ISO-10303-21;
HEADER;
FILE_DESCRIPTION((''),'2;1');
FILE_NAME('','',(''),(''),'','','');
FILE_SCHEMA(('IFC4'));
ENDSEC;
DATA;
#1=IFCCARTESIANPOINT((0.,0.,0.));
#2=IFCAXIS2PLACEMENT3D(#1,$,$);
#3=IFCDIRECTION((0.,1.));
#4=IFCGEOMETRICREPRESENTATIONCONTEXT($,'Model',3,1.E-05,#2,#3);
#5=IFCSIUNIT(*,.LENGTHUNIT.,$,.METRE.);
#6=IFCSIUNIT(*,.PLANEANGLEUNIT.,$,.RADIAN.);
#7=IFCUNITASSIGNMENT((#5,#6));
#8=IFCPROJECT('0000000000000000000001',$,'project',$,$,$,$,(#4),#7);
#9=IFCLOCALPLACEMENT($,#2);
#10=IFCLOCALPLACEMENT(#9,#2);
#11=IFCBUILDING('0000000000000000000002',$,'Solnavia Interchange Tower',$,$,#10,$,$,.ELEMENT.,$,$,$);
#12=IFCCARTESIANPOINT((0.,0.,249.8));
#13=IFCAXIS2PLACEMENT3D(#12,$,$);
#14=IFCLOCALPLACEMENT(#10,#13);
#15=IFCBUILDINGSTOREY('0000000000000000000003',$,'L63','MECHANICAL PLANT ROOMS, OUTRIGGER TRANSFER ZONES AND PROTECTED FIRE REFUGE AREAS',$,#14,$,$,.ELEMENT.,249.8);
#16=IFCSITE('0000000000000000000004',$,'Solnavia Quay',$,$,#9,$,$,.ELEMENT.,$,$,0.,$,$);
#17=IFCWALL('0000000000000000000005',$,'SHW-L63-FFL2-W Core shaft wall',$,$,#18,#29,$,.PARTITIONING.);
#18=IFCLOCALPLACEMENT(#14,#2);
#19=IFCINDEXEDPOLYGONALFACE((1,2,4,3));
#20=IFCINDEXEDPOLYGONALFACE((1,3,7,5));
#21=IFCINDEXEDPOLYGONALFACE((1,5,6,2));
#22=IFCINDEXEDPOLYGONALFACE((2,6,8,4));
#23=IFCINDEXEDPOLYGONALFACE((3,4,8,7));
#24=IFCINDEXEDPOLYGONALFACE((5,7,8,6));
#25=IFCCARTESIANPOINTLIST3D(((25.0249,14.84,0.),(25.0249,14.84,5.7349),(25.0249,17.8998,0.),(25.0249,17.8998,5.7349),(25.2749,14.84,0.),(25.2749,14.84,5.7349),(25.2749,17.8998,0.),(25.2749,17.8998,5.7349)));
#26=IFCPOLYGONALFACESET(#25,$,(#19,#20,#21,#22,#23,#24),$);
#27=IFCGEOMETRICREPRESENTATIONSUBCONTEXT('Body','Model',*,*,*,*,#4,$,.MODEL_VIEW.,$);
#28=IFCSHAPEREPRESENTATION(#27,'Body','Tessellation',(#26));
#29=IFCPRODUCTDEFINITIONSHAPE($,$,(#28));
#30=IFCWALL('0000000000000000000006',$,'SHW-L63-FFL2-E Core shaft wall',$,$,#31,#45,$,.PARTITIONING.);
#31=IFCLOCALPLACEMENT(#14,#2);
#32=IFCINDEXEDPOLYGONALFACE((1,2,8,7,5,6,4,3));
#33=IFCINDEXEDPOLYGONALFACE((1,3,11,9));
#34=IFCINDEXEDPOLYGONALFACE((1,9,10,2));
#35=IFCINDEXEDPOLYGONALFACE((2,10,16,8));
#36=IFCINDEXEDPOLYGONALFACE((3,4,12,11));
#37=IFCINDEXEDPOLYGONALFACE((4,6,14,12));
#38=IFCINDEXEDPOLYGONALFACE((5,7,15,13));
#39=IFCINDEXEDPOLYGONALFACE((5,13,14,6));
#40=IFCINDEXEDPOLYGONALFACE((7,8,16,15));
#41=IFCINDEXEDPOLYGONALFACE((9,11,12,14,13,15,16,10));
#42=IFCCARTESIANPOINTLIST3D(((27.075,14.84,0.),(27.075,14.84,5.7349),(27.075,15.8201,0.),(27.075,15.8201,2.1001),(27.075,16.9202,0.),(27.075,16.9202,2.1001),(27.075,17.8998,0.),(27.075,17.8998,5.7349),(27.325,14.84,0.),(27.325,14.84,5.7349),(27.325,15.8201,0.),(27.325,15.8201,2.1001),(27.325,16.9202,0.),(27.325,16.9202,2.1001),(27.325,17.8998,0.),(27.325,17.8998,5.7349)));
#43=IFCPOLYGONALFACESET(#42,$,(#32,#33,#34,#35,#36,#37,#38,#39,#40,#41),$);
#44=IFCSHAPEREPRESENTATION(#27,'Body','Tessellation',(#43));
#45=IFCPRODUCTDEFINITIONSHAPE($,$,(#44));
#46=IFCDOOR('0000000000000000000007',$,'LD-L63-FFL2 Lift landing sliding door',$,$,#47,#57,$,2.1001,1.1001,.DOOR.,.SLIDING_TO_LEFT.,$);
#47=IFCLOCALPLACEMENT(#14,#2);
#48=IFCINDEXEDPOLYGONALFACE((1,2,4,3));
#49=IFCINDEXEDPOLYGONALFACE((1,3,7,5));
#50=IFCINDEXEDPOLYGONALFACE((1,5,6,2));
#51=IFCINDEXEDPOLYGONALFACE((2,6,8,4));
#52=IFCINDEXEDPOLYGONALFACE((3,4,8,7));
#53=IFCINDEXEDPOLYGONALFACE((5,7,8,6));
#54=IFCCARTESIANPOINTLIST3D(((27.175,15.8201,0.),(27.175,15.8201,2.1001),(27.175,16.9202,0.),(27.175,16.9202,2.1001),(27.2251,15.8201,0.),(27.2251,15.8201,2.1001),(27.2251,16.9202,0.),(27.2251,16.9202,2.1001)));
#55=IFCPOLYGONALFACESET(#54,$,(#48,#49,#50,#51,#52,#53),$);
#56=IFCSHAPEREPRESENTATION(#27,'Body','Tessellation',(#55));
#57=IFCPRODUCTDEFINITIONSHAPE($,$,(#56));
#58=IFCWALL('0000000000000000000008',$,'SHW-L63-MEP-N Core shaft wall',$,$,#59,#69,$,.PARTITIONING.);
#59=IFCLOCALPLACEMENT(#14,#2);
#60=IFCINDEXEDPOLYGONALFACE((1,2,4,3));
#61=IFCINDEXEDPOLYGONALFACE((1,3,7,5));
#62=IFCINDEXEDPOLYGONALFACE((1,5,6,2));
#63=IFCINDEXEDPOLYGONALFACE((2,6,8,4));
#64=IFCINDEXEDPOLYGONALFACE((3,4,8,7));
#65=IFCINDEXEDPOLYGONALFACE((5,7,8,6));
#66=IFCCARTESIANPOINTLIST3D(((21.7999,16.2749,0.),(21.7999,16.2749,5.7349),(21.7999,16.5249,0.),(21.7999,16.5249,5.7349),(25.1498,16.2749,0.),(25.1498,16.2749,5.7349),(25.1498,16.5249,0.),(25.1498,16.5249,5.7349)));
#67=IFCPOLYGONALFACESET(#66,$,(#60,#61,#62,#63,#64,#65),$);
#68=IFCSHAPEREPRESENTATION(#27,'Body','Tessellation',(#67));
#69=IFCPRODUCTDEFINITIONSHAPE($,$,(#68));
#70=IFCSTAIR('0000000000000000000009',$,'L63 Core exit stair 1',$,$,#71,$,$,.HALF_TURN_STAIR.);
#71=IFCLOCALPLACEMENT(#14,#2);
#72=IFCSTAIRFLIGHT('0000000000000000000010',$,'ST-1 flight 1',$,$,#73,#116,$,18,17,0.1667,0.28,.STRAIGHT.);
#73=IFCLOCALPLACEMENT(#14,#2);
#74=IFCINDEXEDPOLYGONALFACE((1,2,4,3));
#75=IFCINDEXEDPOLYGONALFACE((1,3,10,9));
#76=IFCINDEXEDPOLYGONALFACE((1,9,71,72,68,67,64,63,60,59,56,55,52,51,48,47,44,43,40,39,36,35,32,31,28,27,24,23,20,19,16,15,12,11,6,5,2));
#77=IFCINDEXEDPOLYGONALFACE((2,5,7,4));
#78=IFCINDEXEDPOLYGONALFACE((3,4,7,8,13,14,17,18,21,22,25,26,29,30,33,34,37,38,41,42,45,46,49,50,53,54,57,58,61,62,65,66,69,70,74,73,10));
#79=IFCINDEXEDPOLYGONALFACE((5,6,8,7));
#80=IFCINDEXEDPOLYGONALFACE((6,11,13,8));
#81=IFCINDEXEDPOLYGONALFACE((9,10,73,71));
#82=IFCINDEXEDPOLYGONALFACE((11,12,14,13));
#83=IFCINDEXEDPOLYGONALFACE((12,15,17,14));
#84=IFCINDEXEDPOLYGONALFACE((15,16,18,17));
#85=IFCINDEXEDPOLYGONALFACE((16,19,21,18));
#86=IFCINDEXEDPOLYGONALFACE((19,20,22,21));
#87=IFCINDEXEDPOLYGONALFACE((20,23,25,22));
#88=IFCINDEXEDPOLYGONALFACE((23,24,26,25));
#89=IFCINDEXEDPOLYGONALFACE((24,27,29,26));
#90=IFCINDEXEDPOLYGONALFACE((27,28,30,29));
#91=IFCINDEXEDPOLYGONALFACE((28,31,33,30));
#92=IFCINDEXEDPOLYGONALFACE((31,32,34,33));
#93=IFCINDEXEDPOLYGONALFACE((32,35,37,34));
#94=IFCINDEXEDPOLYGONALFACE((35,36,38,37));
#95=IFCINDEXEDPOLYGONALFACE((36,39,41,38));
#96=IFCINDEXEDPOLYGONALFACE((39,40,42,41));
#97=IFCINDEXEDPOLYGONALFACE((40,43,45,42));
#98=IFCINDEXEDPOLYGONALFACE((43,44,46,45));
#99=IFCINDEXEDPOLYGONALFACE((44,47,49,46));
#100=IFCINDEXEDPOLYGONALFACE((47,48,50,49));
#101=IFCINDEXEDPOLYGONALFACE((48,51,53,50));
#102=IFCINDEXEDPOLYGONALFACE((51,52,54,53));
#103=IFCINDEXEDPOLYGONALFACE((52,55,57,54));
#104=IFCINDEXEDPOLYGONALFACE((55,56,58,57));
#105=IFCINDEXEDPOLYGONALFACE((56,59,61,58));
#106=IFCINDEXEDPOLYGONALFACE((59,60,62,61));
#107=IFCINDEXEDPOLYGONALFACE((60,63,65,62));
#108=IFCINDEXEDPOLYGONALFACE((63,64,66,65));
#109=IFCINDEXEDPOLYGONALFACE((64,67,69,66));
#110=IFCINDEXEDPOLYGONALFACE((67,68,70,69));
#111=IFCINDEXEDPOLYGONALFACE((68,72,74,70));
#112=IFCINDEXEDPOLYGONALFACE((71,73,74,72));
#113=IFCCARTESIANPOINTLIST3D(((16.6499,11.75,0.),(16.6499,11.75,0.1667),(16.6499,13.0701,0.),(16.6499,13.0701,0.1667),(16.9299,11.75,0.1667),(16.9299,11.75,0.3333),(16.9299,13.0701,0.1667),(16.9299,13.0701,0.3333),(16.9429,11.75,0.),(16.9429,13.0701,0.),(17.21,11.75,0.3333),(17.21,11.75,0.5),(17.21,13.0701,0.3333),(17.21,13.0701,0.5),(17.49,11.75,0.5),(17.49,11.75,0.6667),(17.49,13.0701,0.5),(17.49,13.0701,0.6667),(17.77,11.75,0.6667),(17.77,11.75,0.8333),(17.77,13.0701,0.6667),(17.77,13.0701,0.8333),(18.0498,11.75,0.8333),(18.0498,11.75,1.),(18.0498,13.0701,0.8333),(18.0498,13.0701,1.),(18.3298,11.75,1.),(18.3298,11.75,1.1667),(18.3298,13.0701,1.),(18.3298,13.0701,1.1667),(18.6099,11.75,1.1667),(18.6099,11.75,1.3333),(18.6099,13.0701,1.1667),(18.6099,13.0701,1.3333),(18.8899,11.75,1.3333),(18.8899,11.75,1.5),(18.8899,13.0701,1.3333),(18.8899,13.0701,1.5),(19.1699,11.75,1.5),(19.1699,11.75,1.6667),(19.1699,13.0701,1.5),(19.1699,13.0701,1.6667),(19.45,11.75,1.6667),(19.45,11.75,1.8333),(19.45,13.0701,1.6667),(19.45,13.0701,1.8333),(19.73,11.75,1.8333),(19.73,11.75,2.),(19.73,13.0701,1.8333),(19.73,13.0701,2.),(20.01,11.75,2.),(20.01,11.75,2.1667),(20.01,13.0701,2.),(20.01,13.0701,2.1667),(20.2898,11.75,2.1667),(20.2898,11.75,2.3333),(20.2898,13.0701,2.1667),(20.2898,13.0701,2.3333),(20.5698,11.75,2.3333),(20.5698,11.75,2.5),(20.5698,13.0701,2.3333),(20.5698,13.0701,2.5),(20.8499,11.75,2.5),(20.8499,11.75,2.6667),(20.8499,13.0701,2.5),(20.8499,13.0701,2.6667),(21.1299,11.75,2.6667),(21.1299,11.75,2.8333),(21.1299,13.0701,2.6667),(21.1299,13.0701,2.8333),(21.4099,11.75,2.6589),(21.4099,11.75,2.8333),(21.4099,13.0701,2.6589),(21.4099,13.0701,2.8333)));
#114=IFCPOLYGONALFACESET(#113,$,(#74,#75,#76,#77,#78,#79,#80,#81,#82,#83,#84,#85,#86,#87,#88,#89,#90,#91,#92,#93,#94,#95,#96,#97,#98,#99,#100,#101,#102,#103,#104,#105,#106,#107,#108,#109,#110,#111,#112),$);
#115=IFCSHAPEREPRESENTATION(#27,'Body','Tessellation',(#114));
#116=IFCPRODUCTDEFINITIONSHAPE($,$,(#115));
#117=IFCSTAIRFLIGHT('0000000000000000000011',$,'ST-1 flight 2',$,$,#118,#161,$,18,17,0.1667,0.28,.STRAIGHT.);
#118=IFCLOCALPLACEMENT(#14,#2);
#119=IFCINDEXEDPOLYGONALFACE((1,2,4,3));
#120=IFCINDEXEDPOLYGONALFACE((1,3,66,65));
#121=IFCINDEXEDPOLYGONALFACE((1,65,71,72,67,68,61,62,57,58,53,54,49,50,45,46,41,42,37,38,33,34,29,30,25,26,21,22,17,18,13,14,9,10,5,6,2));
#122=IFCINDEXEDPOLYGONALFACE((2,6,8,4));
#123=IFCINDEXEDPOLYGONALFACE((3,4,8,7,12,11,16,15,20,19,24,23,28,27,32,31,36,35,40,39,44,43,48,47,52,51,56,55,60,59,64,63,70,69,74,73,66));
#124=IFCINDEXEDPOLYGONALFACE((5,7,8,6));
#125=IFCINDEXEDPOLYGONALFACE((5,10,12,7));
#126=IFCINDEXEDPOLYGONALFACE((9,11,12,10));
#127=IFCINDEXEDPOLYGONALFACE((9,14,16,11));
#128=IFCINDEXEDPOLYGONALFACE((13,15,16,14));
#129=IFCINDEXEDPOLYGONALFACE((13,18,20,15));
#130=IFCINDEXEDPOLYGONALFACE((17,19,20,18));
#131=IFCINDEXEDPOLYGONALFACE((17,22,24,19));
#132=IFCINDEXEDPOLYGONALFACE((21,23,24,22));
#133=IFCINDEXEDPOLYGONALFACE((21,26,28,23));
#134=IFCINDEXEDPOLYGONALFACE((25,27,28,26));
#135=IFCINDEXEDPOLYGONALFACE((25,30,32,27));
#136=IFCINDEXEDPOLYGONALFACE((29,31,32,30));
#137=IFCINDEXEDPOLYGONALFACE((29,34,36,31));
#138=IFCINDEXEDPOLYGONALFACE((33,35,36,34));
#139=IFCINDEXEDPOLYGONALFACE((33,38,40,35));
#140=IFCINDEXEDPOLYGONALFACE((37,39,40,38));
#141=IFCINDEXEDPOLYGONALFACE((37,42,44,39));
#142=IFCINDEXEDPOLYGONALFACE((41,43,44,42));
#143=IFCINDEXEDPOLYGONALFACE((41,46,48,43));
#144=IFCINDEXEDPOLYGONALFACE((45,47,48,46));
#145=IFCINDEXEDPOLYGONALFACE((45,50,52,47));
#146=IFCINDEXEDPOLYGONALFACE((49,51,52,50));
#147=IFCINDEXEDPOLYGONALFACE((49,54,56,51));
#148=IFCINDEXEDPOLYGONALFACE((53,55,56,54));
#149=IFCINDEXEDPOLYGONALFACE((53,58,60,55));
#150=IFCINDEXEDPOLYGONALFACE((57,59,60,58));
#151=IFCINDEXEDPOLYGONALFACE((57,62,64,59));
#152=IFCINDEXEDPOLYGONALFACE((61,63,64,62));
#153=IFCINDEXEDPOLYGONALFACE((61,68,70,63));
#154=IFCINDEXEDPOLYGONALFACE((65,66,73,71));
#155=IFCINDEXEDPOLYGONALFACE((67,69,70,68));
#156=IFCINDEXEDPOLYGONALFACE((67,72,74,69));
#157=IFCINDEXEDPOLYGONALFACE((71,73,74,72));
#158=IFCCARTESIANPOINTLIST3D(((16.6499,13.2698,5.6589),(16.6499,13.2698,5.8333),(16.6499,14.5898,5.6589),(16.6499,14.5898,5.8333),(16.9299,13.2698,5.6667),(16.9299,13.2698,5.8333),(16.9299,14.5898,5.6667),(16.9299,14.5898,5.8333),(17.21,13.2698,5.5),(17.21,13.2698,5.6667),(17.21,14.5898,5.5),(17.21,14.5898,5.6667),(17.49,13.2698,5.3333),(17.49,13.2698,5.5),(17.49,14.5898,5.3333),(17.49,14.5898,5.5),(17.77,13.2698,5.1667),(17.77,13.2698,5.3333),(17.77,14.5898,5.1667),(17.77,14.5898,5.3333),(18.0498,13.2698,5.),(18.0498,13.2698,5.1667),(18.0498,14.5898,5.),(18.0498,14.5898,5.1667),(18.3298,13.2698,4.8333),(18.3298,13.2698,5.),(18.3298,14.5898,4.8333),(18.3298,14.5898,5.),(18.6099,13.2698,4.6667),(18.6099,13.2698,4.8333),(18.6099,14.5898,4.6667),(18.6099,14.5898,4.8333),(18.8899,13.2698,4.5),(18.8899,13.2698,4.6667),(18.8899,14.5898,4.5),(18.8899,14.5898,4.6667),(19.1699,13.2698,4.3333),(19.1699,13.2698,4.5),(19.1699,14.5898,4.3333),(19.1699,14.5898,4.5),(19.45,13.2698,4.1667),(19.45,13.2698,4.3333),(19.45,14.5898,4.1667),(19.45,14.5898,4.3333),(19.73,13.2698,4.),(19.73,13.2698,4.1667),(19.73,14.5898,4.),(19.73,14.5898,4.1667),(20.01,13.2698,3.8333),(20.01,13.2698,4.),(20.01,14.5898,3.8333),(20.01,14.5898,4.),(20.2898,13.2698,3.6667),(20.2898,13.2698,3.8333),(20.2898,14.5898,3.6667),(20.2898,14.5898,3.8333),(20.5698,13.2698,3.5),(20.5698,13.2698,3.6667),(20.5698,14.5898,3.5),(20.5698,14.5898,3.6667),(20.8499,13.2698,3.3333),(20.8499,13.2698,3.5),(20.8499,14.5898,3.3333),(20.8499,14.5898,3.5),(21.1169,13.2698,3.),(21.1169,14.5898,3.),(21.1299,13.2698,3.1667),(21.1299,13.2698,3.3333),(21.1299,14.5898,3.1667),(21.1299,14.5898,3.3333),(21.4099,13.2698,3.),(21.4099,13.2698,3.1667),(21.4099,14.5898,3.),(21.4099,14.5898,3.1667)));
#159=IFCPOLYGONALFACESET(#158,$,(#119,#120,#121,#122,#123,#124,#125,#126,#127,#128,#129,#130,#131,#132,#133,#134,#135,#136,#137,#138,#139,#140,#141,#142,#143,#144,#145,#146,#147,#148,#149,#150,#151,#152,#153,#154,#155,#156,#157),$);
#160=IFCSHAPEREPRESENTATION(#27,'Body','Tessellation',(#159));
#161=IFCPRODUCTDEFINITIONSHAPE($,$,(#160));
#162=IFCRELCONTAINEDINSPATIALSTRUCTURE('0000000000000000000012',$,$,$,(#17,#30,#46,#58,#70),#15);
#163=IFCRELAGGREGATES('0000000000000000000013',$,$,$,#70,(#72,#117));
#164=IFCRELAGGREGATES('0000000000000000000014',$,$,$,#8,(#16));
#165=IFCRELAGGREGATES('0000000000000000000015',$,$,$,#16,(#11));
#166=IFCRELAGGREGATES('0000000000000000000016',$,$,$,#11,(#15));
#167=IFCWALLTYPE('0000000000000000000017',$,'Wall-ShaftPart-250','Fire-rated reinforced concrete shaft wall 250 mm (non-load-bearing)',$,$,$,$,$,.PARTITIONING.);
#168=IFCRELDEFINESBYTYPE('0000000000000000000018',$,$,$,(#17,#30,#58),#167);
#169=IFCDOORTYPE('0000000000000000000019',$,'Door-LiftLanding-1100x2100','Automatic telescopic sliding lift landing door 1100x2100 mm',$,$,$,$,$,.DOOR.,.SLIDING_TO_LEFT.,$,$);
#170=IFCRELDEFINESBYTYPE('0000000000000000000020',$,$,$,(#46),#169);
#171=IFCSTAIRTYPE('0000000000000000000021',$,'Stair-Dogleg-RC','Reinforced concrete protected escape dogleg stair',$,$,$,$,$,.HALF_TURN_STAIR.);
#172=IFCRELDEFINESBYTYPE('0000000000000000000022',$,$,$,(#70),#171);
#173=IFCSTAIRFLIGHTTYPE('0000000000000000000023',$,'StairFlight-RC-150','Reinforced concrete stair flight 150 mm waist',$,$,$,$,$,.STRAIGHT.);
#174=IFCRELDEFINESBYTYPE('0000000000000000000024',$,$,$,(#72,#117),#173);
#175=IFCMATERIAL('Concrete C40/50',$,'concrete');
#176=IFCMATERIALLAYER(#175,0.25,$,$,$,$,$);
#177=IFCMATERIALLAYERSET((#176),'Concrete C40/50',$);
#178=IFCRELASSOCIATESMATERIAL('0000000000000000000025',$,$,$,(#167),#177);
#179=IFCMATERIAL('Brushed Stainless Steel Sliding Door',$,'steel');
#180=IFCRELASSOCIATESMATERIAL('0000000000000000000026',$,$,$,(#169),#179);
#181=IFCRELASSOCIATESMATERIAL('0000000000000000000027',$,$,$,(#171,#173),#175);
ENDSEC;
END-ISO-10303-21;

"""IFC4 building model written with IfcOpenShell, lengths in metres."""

from ifc_helpers import new_model, si_unit, direction, frame, frame_2d, origin, place, context, subcontext, project, spatial, polyline, rectangle, outline, extrude, material, layer, layer_set, type_object, element, fill, aggregate, save


model = new_model("IFC4")

# Units and contexts
model_context = context("Model", 3, precision=1e-05, world=origin(), true_north=direction((0.0, 1.0)))
body_context = subcontext(model_context, "Body", "Model", "MODEL_VIEW")
ifc_project = project(units=[si_unit("LENGTHUNIT", "METRE"), si_unit("PLANEANGLEUNIT", "RADIAN")], contexts=[model_context])

# Site, building, storey
site_placement = place(None, origin())
site = spatial("IfcSite", under=ifc_project, at=site_placement, Name="Solnavia Quay", CompositionType="ELEMENT", RefElevation=0.0)
building_placement = place(site_placement, origin())
building = spatial("IfcBuilding", under=site, at=building_placement, Name="Solnavia Interchange Tower", CompositionType="ELEMENT")
storey_placement = place(building_placement, frame((0.0, 0.0, 249.8)))
storey = spatial("IfcBuildingStorey", under=building, at=storey_placement, Name="L63", Description="MECHANICAL PLANT ROOMS, OUTRIGGER TRANSFER ZONES AND PROTECTED FIRE REFUGE AREAS", CompositionType="ELEMENT", Elevation=249.8)

# Shared definitions
ifc_material_1 = material(Name="Concrete C40/50", Category="concrete")
ifc_layer_1 = layer(ifc_material_1, 0.25)
ifc_layer_set_1 = layer_set([ifc_layer_1], Name="Concrete C40/50")
wall_type_1 = type_object("IfcWallType", Name="Wall-ShaftPart-250", Description="Fire-rated reinforced concrete shaft wall 250 mm (non-load-bearing)", PredefinedType="PARTITIONING", material=ifc_layer_set_1)
ifc_material_2 = material(Name="Brushed Stainless Steel Sliding Door", Category="steel")
door_type_1 = type_object("IfcDoorType", Name="Door-LiftLanding-1100x2100", Description="Automatic telescopic sliding lift landing door 1100x2100 mm", OperationType="SLIDING_TO_LEFT", PredefinedType="DOOR", material=ifc_material_2)

# Wall
wall_1_placement = place(storey_placement, frame((25.1499, 14.8401, 0.0), z_axis=(0.0, 0.0, 1.0), x_axis=(0.0, 1.0, 0.0)))
element("IfcWall", 1, at=wall_1_placement, inside=storey, type_object=wall_type_1, Name="SHW-L63-FFL2-W Core shaft wall", PredefinedType="PARTITIONING", context=body_context, shape_type="SweptSolid", body=[
    extrude(rectangle(XDim=3.0598, YDim=0.25, at=frame_2d((1.5298, 0.0))), origin(), (0.0, 0.0, 1.0), 5.7349),
])

# Wall, opening, door
wall_2_placement = place(storey_placement, frame((27.2, 14.8401, 0.0), z_axis=(0.0, 0.0, 1.0), x_axis=(0.0, 1.0, 0.0)))
wall_2 = element("IfcWall", 2, at=wall_2_placement, inside=storey, type_object=wall_type_1, Name="SHW-L63-FFL2-E Core shaft wall", PredefinedType="PARTITIONING", context=body_context, shape_type="SweptSolid", body=[
    extrude(rectangle(XDim=3.0598, YDim=0.25, at=frame_2d((1.5298, 0.0))), origin(), (0.0, 0.0, 1.0), 5.7349),
])
opening_1_placement = place(wall_2_placement, frame((0.98, 0.0, 0.0)))
opening_1 = element("IfcOpeningElement", 3, at=opening_1_placement, cuts=wall_2, PredefinedType="OPENING", context=body_context, shape_type="SweptSolid", body=[
    extrude(rectangle(XDim=1.1001, YDim=2.1001, at=frame_2d((0.55, 1.05))), frame((0.0, 0.135, 0.0), z_axis=(0.0, -1.0, 0.0), x_axis=(1.0, 0.0, 0.0)), (0.0, 0.0, 1.0), 0.27),
])
door_1_placement = place(opening_1_placement, origin())
door_1 = element("IfcDoor", 4, at=door_1_placement, inside=storey, type_object=door_type_1, Name="LD-L63-FFL2 Lift landing sliding door", OperationType="SLIDING_TO_LEFT", OverallHeight=2.1001, OverallWidth=1.1001, PredefinedType="DOOR", context=body_context, shape_type="SweptSolid", body=[
    extrude(rectangle(XDim=1.1001, YDim=2.1001, at=frame_2d((0.55, 1.05))), frame((0.0, 0.0249, 0.0), z_axis=(0.0, -1.0, 0.0), x_axis=(1.0, 0.0, 0.0)), (0.0, 0.0, 1.0), 0.05),
])
fill(opening_1, door_1)

# Wall
wall_3_placement = place(storey_placement, frame((21.8, 16.3999, 0.0), z_axis=(0.0, 0.0, 1.0), x_axis=(1.0, 0.0, 0.0)))
element("IfcWall", 5, at=wall_3_placement, inside=storey, type_object=wall_type_1, Name="SHW-L63-MEP-N Core shaft wall", PredefinedType="PARTITIONING", context=body_context, shape_type="SweptSolid", body=[
    extrude(rectangle(XDim=3.3499, YDim=0.25, at=frame_2d((1.6748, 0.0))), origin(), (0.0, 0.0, 1.0), 5.7349),
])

# Stair, stair flights
stair_type = type_object("IfcStairType", Name="Stair-Dogleg-RC", Description="Reinforced concrete protected escape dogleg stair", PredefinedType="HALF_TURN_STAIR", material=ifc_material_1)
stair_1_placement = place(storey_placement, origin())
stair_1 = element("IfcStair", 6, at=stair_1_placement, inside=storey, type_object=stair_type, Name="L63 Core exit stair 1", PredefinedType="HALF_TURN_STAIR")
stair_flight_type = type_object("IfcStairFlightType", Name="StairFlight-RC-150", Description="Reinforced concrete stair flight 150 mm waist", PredefinedType="STRAIGHT", material=ifc_material_1)
stair_flight_1_placement = place(storey_placement, frame((16.6499, 12.4099, 0.0), z_axis=(0.0, 0.0, 1.0), x_axis=(1.0, 0.0, 0.0)))
stair_flight_1 = element("IfcStairFlight", 7, at=stair_flight_1_placement, type_object=stair_flight_type, Name="ST-1 flight 1", NumberOfRisers=18, NumberOfTreads=17, PredefinedType="STRAIGHT", RiserHeight=0.1667, TreadLength=0.28, context=body_context, shape_type="SweptSolid", body=[
    extrude(outline(polyline([(0.0, 0.0), (0.0, 0.1667), (0.28, 0.1667), (0.28, 0.3333), (0.5601, 0.3333), (0.5601, 0.5), (0.8401, 0.5), (0.8401, 0.6667), (1.1201, 0.6667), (1.1201, 0.8333), (1.3999, 0.8333), (1.3999, 1.0), (1.6799, 1.0), (1.6799, 1.1667), (1.96, 1.1667), (1.96, 1.3333), (2.24, 1.3333), (2.24, 1.5), (2.52, 1.5), (2.52, 1.6667), (2.8, 1.6667), (2.8, 1.8333), (3.0801, 1.8333), (3.0801, 2.0), (3.3601, 2.0), (3.3601, 2.1667), (3.6399, 2.1667), (3.6399, 2.3333), (3.9199, 2.3333), (3.9199, 2.5), (4.2, 2.5), (4.2, 2.6667), (4.48, 2.6667), (4.48, 2.8333), (4.76, 2.8333), (4.76, 3.0), (4.76, 2.6589), (0.293, 0.0), (0.0, 0.0)])), frame((0.0, 0.6602, 0.0), z_axis=(0.0, -1.0, 0.0), x_axis=(1.0, 0.0, 0.0)), (0.0, 0.0, 1.0), 1.3201),
])
stair_flight_2_placement = place(storey_placement, frame((21.4099, 13.9299, 3.0), z_axis=(0.0, 0.0, 1.0), x_axis=(-1.0, 0.0, 0.0)))
stair_flight_2 = element("IfcStairFlight", 8, at=stair_flight_2_placement, type_object=stair_flight_type, Name="ST-1 flight 2", NumberOfRisers=18, NumberOfTreads=17, PredefinedType="STRAIGHT", RiserHeight=0.1667, TreadLength=0.28, context=body_context, shape_type="SweptSolid", body=[
    extrude(outline(polyline([(0.0, 0.0), (0.0, 0.1667), (0.28, 0.1667), (0.28, 0.3333), (0.5601, 0.3333), (0.5601, 0.5), (0.8401, 0.5), (0.8401, 0.6667), (1.1201, 0.6667), (1.1201, 0.8333), (1.3999, 0.8333), (1.3999, 1.0), (1.6799, 1.0), (1.6799, 1.1667), (1.96, 1.1667), (1.96, 1.3333), (2.24, 1.3333), (2.24, 1.5), (2.52, 1.5), (2.52, 1.6667), (2.8, 1.6667), (2.8, 1.8333), (3.0801, 1.8333), (3.0801, 2.0), (3.3601, 2.0), (3.3601, 2.1667), (3.6399, 2.1667), (3.6399, 2.3333), (3.9199, 2.3333), (3.9199, 2.5), (4.2, 2.5), (4.2, 2.6667), (4.48, 2.6667), (4.48, 2.8333), (4.76, 2.8333), (4.76, 3.0), (4.76, 2.6589), (0.293, 0.0), (0.0, 0.0)])), frame((0.0, 0.6602, 0.0), z_axis=(0.0, -1.0, 0.0), x_axis=(1.0, 0.0, 0.0)), (0.0, 0.0, 1.0), 1.3201),
])
aggregate(stair_1, [stair_flight_1, stair_flight_2])

save(model, "model.ifc")
